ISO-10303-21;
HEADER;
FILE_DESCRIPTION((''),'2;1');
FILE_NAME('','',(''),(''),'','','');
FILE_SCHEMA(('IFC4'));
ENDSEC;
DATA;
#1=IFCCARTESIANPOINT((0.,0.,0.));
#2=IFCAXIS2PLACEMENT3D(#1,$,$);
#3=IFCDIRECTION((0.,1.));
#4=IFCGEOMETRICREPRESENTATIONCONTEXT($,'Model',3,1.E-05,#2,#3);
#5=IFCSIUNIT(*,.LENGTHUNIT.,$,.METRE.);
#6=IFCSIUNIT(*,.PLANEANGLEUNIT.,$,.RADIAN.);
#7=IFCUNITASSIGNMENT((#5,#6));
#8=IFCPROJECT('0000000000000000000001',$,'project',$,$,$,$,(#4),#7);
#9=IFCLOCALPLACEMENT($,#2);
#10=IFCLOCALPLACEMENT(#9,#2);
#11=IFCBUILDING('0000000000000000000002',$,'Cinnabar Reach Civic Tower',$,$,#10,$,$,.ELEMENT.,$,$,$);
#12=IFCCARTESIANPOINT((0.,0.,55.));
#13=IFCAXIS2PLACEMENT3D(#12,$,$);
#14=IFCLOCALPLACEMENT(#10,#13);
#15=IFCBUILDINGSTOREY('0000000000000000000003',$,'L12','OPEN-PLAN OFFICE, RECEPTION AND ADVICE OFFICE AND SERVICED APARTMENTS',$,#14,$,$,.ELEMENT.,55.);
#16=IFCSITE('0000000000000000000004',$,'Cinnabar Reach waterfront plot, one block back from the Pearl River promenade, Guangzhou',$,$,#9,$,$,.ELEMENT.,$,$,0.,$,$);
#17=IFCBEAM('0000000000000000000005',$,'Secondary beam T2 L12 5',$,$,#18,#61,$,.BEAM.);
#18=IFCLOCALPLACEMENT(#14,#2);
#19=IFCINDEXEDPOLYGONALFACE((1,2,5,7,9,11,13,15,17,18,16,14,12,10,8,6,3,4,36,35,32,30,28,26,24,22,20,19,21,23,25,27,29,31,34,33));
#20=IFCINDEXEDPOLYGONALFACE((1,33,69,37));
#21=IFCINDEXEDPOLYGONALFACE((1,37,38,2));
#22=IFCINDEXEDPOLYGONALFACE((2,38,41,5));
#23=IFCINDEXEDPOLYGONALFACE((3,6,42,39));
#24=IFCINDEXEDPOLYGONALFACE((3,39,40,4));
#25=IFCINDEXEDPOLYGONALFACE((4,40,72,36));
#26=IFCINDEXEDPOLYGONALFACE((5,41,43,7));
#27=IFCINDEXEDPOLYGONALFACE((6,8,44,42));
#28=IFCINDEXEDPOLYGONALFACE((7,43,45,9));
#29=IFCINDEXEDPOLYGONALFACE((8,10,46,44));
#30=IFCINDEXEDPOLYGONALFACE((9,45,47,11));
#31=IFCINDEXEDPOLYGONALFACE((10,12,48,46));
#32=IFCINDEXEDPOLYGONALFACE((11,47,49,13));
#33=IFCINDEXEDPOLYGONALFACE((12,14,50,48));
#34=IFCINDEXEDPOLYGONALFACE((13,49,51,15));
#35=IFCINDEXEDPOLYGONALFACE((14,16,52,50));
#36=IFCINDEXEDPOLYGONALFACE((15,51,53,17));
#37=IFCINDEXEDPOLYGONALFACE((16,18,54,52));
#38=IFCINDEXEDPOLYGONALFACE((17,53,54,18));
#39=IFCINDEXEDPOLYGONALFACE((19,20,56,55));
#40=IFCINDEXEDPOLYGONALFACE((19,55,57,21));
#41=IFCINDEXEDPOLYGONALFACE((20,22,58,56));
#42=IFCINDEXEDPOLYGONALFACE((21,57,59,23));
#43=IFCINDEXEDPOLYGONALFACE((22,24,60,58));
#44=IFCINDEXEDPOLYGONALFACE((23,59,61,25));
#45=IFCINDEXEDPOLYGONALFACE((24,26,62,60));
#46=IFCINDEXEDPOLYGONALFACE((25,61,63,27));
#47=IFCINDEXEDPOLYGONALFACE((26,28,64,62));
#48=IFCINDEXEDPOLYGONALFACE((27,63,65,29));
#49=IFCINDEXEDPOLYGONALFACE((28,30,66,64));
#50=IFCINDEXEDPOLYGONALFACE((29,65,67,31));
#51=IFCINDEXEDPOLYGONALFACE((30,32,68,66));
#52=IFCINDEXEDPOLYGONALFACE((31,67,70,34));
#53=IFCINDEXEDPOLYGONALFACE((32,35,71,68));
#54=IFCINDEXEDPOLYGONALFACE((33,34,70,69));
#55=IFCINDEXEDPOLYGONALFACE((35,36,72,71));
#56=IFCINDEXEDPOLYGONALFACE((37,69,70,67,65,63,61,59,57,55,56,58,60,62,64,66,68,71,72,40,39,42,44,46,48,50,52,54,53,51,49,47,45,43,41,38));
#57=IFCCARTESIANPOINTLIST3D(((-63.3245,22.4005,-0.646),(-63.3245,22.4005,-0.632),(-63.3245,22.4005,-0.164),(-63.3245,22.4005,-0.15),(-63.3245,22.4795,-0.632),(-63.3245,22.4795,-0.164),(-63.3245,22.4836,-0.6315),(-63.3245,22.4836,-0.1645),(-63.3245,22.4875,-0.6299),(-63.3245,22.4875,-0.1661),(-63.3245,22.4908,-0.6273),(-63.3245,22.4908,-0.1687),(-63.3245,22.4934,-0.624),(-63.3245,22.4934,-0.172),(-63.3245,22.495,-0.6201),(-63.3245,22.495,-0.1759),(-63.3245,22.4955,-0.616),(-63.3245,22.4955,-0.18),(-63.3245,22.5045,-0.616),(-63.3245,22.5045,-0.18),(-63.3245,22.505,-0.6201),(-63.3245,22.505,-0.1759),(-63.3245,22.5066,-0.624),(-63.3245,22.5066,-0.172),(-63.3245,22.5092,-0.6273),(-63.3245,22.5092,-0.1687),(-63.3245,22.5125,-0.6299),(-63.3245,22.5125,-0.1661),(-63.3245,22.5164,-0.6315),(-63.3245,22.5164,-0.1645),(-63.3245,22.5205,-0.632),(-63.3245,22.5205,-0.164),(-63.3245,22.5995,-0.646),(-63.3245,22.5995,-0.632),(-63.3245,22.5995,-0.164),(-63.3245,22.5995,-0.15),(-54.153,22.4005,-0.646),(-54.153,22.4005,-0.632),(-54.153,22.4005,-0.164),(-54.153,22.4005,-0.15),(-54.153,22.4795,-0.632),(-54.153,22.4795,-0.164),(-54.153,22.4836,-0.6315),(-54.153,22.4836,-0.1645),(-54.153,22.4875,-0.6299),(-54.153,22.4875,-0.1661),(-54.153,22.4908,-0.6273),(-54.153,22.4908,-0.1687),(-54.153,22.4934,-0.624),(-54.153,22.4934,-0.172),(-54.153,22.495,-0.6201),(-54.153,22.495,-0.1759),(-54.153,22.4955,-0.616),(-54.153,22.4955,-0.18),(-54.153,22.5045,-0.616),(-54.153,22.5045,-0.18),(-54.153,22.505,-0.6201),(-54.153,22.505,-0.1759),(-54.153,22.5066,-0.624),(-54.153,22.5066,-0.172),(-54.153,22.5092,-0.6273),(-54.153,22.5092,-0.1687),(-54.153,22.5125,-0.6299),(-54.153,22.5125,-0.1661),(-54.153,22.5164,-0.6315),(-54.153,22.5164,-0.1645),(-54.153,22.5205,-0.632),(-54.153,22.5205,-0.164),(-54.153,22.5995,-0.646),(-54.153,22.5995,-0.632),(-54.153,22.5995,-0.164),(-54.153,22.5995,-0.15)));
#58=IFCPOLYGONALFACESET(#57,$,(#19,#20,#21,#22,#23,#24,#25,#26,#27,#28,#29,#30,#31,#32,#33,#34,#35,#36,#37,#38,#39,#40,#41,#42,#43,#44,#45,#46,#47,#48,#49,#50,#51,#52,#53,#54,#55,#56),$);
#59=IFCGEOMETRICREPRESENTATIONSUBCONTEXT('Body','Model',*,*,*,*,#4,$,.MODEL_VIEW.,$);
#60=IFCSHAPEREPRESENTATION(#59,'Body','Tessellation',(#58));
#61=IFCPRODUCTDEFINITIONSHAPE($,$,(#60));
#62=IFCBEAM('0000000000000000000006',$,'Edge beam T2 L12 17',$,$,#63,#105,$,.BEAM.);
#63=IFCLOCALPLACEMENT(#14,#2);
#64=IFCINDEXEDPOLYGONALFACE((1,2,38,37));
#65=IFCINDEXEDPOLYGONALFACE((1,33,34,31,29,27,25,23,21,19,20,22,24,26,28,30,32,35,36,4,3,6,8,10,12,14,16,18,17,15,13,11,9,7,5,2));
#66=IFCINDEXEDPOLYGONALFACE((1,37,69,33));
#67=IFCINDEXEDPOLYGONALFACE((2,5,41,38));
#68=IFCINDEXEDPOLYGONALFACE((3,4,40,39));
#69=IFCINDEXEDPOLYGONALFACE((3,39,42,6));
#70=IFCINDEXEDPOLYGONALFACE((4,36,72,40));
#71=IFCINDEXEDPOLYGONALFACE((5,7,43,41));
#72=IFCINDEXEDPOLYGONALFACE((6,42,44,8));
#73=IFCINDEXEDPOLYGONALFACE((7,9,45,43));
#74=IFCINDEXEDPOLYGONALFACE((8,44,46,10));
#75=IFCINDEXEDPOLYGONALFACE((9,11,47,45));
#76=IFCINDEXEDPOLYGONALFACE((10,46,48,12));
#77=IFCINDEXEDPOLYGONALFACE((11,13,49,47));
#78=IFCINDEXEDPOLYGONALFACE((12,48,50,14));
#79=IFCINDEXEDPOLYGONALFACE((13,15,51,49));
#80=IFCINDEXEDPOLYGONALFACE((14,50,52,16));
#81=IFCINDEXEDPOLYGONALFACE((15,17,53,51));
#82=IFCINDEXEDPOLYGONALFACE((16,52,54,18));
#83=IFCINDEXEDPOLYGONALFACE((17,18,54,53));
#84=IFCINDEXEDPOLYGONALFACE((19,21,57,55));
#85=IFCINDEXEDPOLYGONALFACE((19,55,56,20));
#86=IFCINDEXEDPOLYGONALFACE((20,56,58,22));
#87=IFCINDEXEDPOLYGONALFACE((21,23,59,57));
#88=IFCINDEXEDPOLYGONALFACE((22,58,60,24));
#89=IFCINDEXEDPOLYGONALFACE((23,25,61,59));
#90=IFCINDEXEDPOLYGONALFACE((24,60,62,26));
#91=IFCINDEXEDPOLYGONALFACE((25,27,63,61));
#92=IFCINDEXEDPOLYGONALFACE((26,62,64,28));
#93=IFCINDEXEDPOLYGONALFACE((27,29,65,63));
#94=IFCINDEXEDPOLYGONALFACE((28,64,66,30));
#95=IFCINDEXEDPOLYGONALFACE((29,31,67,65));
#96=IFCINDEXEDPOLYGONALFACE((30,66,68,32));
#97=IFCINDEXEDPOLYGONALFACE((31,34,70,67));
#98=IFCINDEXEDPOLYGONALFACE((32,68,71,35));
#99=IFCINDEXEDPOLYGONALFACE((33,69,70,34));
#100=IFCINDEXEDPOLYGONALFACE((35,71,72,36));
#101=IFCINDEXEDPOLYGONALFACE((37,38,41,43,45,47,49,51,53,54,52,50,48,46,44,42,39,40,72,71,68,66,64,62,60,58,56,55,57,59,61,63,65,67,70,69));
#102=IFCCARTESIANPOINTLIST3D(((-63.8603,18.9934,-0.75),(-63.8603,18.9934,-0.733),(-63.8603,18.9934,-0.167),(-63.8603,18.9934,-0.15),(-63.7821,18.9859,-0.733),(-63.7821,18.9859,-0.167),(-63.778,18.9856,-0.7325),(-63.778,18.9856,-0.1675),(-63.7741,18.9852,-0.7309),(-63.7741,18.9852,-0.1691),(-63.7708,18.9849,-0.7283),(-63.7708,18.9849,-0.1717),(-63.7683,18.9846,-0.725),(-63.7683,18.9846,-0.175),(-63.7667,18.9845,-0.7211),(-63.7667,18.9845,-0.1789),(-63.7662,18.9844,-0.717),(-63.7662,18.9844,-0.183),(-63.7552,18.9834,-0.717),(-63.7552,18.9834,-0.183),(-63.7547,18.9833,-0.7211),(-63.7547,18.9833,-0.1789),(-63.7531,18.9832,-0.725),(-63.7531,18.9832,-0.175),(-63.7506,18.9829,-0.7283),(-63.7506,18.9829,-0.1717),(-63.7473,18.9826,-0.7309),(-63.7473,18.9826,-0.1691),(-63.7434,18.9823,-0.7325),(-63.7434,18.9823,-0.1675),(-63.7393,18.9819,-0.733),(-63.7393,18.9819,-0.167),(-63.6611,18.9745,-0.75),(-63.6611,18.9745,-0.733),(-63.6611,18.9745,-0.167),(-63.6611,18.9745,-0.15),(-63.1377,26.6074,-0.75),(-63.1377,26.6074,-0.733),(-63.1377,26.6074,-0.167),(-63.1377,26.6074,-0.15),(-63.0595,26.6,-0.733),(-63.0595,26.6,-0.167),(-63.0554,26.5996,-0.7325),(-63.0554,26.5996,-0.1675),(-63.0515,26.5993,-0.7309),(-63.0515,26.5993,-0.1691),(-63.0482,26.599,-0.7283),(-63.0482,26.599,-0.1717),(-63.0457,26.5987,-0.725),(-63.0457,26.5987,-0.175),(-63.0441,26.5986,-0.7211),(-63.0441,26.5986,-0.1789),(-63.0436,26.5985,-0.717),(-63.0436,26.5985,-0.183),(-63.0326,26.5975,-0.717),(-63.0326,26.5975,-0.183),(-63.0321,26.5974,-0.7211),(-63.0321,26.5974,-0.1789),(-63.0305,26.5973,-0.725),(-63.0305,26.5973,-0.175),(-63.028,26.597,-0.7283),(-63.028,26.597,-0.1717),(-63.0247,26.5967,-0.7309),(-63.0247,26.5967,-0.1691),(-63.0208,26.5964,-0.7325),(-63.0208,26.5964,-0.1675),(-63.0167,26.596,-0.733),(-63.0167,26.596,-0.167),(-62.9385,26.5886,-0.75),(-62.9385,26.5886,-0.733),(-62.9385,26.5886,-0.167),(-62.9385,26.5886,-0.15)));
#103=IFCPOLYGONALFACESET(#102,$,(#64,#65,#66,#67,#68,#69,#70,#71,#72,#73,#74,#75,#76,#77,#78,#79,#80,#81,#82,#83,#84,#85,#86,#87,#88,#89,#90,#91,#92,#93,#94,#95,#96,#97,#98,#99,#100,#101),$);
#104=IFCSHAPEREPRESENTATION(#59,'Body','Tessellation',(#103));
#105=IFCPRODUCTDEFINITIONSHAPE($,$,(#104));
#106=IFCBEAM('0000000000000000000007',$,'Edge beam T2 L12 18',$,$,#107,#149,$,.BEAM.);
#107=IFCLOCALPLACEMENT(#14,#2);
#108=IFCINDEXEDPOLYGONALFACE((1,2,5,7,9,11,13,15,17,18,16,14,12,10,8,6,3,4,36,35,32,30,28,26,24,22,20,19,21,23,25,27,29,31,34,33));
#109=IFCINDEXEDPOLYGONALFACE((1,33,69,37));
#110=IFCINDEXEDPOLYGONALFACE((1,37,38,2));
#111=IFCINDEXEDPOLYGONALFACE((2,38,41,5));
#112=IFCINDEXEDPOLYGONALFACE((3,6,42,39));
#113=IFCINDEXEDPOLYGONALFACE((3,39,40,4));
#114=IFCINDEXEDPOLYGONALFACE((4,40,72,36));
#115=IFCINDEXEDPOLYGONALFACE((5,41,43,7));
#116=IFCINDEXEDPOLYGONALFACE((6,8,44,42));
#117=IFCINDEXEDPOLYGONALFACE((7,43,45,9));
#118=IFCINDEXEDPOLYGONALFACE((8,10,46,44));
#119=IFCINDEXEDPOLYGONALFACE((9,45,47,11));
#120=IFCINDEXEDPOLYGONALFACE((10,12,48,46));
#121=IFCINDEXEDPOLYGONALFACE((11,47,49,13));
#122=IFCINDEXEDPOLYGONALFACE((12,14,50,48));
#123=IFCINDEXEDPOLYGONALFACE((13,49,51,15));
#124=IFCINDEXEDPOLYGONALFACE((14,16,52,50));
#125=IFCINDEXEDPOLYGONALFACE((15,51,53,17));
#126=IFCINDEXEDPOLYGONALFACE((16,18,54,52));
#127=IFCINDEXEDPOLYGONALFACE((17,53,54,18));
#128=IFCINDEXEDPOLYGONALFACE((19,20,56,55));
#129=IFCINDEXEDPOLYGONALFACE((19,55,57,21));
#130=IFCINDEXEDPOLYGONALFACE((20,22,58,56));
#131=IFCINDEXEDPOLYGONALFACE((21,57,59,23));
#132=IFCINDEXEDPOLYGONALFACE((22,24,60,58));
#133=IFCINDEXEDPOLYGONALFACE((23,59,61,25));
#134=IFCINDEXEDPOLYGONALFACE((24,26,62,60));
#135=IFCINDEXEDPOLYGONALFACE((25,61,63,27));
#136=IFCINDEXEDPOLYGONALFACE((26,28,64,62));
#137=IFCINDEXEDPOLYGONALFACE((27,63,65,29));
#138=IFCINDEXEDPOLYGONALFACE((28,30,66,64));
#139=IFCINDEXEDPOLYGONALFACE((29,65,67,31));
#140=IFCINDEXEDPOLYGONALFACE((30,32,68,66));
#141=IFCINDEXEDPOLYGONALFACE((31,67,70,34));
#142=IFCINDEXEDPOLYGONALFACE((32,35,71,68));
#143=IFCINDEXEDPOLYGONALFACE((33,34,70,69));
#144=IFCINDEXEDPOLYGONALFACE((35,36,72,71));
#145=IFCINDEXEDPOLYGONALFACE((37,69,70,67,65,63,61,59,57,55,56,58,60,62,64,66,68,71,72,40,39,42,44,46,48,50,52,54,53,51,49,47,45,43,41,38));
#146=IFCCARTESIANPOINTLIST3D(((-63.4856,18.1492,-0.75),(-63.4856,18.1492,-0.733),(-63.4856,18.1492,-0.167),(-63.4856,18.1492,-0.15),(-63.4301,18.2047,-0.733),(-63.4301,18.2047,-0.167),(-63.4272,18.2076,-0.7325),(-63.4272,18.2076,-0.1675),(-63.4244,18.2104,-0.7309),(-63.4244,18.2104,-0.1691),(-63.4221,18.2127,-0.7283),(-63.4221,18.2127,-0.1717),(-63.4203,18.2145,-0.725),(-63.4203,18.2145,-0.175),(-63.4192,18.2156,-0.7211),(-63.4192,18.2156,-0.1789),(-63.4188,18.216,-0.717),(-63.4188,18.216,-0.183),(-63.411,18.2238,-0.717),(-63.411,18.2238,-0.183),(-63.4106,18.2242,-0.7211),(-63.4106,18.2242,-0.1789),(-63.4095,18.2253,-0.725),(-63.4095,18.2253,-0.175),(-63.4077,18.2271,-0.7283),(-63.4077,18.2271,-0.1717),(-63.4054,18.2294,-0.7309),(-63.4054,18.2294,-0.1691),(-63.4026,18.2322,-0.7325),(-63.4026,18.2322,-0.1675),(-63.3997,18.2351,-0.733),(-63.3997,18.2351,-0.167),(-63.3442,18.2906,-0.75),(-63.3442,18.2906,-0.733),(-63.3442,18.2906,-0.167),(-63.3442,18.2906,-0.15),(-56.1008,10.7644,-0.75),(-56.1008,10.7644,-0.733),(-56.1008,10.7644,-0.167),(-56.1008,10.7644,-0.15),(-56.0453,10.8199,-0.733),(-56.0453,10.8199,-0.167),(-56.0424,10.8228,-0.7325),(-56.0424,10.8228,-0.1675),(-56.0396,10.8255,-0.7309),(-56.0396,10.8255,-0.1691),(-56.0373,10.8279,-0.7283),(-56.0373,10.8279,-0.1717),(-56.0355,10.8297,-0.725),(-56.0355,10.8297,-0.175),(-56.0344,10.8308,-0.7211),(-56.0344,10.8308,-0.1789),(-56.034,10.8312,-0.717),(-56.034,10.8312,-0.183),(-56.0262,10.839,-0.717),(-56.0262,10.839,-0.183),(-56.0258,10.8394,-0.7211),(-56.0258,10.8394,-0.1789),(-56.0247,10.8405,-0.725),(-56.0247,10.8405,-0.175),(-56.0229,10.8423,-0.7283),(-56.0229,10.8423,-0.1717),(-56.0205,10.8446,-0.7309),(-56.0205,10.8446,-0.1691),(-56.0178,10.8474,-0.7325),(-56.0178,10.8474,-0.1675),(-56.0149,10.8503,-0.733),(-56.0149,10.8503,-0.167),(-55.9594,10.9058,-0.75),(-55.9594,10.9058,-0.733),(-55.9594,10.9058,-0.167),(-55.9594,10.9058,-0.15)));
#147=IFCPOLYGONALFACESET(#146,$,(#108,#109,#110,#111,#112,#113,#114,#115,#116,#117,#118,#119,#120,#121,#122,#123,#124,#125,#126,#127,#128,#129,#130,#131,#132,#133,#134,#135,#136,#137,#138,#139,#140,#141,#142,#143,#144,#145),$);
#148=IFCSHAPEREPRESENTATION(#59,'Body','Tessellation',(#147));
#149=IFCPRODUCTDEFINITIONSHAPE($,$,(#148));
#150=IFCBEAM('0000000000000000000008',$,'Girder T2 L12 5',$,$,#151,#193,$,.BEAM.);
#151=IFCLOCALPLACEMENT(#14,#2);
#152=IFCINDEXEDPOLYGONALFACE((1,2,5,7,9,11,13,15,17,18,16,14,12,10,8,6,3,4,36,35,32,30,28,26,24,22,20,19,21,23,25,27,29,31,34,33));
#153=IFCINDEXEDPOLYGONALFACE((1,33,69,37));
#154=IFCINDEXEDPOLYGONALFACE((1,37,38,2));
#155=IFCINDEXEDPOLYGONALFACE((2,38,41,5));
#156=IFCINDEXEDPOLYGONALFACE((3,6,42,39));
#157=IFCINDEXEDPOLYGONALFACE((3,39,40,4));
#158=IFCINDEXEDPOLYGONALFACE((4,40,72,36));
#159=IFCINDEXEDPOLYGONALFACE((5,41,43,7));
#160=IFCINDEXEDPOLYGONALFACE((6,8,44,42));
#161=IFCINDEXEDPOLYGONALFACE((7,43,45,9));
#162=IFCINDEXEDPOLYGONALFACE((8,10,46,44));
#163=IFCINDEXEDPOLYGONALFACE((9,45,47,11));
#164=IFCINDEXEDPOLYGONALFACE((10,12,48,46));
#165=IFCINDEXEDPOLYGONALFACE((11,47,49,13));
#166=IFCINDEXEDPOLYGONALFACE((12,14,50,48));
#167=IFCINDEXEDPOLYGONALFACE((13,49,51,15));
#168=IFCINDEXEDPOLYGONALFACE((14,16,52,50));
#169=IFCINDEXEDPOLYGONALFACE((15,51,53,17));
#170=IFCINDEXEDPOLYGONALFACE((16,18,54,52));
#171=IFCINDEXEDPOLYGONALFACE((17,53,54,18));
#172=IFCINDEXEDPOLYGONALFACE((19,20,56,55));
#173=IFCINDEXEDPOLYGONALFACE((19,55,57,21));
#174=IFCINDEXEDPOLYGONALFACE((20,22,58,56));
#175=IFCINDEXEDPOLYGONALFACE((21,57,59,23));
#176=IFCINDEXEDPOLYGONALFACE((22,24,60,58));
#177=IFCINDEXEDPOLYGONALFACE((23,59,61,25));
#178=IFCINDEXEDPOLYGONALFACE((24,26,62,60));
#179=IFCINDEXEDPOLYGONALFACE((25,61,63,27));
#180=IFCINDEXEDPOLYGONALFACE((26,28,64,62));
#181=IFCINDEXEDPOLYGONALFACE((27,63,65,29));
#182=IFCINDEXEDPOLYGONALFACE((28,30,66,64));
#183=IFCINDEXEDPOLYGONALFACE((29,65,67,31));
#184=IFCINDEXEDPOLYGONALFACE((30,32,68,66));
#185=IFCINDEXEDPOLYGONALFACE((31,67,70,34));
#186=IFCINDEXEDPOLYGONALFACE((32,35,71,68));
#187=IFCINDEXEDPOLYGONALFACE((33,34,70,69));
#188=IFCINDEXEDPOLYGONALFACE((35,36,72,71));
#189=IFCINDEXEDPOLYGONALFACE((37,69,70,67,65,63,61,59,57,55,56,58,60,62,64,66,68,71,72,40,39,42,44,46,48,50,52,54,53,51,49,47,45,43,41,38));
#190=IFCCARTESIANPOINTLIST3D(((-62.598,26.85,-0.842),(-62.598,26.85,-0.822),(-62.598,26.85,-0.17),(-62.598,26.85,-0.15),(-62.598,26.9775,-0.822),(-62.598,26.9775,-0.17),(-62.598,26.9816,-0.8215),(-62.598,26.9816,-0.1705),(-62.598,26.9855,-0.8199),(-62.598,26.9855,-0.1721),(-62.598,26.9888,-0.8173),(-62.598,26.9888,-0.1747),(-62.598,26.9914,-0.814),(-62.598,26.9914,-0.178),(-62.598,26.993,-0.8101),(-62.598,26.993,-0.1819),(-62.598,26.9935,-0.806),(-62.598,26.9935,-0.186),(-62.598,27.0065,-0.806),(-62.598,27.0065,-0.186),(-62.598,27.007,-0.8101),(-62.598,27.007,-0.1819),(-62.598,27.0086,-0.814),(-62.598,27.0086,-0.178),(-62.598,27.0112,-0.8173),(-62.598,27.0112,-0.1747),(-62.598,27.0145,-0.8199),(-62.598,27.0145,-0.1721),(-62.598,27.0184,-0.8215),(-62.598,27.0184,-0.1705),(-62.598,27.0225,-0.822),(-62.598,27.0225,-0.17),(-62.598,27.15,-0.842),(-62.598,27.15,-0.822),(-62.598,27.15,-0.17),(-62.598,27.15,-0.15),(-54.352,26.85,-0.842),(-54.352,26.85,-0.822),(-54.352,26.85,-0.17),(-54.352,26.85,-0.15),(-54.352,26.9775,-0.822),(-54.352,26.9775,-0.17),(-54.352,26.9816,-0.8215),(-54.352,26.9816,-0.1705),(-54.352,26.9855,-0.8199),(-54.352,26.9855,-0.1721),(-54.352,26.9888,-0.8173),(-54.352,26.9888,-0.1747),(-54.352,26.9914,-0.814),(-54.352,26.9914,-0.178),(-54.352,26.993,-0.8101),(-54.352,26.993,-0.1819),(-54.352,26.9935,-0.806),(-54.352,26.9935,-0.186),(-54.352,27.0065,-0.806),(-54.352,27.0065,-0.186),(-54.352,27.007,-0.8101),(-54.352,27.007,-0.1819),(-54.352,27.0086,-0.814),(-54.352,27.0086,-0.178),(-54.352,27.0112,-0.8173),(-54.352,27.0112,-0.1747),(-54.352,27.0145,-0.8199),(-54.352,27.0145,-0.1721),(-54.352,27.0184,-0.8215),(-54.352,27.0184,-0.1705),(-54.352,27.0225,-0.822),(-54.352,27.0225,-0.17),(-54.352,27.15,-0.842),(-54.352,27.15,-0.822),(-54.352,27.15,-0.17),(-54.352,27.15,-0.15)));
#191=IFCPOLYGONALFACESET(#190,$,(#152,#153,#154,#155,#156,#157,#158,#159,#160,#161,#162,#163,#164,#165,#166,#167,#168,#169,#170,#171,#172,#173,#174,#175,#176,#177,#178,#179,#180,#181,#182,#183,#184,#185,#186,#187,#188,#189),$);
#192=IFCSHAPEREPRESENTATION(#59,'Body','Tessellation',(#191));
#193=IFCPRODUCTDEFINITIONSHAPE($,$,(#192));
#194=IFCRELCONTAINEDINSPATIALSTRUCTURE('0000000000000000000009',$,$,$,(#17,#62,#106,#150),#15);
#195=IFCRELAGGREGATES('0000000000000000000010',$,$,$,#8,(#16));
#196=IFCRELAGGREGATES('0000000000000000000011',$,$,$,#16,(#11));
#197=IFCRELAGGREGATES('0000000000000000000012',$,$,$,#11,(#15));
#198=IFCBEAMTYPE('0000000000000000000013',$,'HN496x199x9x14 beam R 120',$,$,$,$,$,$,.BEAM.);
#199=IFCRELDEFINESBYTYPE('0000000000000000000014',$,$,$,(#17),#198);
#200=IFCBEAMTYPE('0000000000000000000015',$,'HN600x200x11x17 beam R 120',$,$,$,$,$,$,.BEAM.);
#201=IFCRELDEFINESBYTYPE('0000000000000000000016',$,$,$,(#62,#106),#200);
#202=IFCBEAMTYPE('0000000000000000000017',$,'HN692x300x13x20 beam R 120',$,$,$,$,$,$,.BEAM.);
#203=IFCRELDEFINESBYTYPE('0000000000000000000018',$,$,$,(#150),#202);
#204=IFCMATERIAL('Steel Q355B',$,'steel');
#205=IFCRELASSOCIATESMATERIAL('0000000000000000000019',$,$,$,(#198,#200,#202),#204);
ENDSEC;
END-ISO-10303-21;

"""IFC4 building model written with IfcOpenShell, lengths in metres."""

from ifc_helpers import new_model, si_unit, direction, frame, origin, origin_2d, place, context, subcontext, project, spatial, i_section, extrude, material, material_profile, profile_set, type_object, element, save


model = new_model("IFC4")

# Units and contexts
model_context = context("Model", 3, precision=1e-05, world=origin(), true_north=direction((0.0, 1.0)))
body_context = subcontext(model_context, "Body", "Model", "MODEL_VIEW")
ifc_project = project(units=[si_unit("LENGTHUNIT", "METRE"), si_unit("PLANEANGLEUNIT", "RADIAN")], contexts=[model_context])

# Site, building, storey
site_placement = place(None, origin())
site = spatial("IfcSite", under=ifc_project, at=site_placement, Name="Cinnabar Reach waterfront plot, one block back from the Pearl River promenade, Guangzhou", CompositionType="ELEMENT", RefElevation=0.0)
building_placement = place(site_placement, origin())
building = spatial("IfcBuilding", under=site, at=building_placement, Name="Cinnabar Reach Civic Tower", CompositionType="ELEMENT")
storey_placement = place(building_placement, frame((0.0, 0.0, 55.0)))
storey = spatial("IfcBuildingStorey", under=building, at=storey_placement, Name="L12", Description="OPEN-PLAN OFFICE, RECEPTION AND ADVICE OFFICE AND SERVICED APARTMENTS", CompositionType="ELEMENT", Elevation=55.0)

# Beams
ifc_material_1 = material(Name="Steel Q355B", Category="steel")
ifc_material_profile_1 = material_profile(ifc_material_1, i_section(OverallWidth=0.199, OverallDepth=0.496, WebThickness=0.009, FlangeThickness=0.014, FilletRadius=0.016, at=origin_2d()), Name="HN496x199x9x14")
ifc_profile_set_1 = profile_set([ifc_material_profile_1], Name="Steel Q355B")
beam_type_1 = type_object("IfcBeamType", Name="HN496x199x9x14 beam R 120", PredefinedType="BEAM", material=ifc_profile_set_1)
beam_1_placement = place(storey_placement, frame((-63.3245, 22.5, -0.398), z_axis=(1.0, 0.0, 0.0), x_axis=(0.0, 1.0, 0.0)))
element("IfcBeam", 1, at=beam_1_placement, inside=storey, type_object=beam_type_1, Name="Secondary beam T2 L12 5", PredefinedType="BEAM", context=body_context, shape_type="SweptSolid", body=[
    extrude(i_section(OverallWidth=0.199, OverallDepth=0.496, WebThickness=0.009, FlangeThickness=0.014, FilletRadius=0.016, at=origin_2d()), origin(), (0.0, 0.0, 1.0), 9.1715),
])
ifc_material_profile_2 = material_profile(ifc_material_1, i_section(OverallWidth=0.2, OverallDepth=0.6, WebThickness=0.011, FlangeThickness=0.017, FilletRadius=0.016, at=origin_2d()), Name="HN600x200x11x17")
ifc_profile_set_2 = profile_set([ifc_material_profile_2], Name="Steel Q355B")
beam_type_2 = type_object("IfcBeamType", Name="HN600x200x11x17 beam R 120", PredefinedType="BEAM", material=ifc_profile_set_2)
beam_2_placement = place(storey_placement, frame((-63.0381, 26.598, -0.45), z_axis=(-0.094478, -0.995527, 0.0), x_axis=(0.995527, -0.094478, 0.0)))
element("IfcBeam", 2, at=beam_2_placement, inside=storey, type_object=beam_type_2, Name="Edge beam T2 L12 17", PredefinedType="BEAM", context=body_context, shape_type="SweptSolid", body=[
    extrude(i_section(OverallWidth=0.2, OverallDepth=0.6, WebThickness=0.011, FlangeThickness=0.017, FilletRadius=0.016, at=origin_2d()), origin(), (0.0, 0.0, 1.0), 7.6483),
])
beam_3_placement = place(storey_placement, frame((-63.4149, 18.2199, -0.45), z_axis=(0.707107, -0.707107, 0.0), x_axis=(0.707107, 0.707107, 0.0)))
element("IfcBeam", 3, at=beam_3_placement, inside=storey, type_object=beam_type_2, Name="Edge beam T2 L12 18", PredefinedType="BEAM", context=body_context, shape_type="SweptSolid", body=[
    extrude(i_section(OverallWidth=0.2, OverallDepth=0.6, WebThickness=0.011, FlangeThickness=0.017, FilletRadius=0.016, at=origin_2d()), origin(), (0.0, 0.0, 1.0), 10.4437),
])
ifc_material_profile_3 = material_profile(ifc_material_1, i_section(OverallWidth=0.3, OverallDepth=0.692, WebThickness=0.013, FlangeThickness=0.02, FilletRadius=0.016, at=origin_2d()), Name="HN692x300x13x20")
ifc_profile_set_3 = profile_set([ifc_material_profile_3], Name="Steel Q355B")
beam_type_3 = type_object("IfcBeamType", Name="HN692x300x13x20 beam R 120", PredefinedType="BEAM", material=ifc_profile_set_3)
beam_4_placement = place(storey_placement, frame((-62.598, 27.0, -0.496), z_axis=(1.0, 0.0, 0.0), x_axis=(0.0, 1.0, 0.0)))
element("IfcBeam", 4, at=beam_4_placement, inside=storey, type_object=beam_type_3, Name="Girder T2 L12 5", PredefinedType="BEAM", context=body_context, shape_type="SweptSolid", body=[
    extrude(i_section(OverallWidth=0.3, OverallDepth=0.692, WebThickness=0.013, FlangeThickness=0.02, FilletRadius=0.016, at=origin_2d()), origin(), (0.0, 0.0, 1.0), 8.246),
])

save(model, "model.ifc")
